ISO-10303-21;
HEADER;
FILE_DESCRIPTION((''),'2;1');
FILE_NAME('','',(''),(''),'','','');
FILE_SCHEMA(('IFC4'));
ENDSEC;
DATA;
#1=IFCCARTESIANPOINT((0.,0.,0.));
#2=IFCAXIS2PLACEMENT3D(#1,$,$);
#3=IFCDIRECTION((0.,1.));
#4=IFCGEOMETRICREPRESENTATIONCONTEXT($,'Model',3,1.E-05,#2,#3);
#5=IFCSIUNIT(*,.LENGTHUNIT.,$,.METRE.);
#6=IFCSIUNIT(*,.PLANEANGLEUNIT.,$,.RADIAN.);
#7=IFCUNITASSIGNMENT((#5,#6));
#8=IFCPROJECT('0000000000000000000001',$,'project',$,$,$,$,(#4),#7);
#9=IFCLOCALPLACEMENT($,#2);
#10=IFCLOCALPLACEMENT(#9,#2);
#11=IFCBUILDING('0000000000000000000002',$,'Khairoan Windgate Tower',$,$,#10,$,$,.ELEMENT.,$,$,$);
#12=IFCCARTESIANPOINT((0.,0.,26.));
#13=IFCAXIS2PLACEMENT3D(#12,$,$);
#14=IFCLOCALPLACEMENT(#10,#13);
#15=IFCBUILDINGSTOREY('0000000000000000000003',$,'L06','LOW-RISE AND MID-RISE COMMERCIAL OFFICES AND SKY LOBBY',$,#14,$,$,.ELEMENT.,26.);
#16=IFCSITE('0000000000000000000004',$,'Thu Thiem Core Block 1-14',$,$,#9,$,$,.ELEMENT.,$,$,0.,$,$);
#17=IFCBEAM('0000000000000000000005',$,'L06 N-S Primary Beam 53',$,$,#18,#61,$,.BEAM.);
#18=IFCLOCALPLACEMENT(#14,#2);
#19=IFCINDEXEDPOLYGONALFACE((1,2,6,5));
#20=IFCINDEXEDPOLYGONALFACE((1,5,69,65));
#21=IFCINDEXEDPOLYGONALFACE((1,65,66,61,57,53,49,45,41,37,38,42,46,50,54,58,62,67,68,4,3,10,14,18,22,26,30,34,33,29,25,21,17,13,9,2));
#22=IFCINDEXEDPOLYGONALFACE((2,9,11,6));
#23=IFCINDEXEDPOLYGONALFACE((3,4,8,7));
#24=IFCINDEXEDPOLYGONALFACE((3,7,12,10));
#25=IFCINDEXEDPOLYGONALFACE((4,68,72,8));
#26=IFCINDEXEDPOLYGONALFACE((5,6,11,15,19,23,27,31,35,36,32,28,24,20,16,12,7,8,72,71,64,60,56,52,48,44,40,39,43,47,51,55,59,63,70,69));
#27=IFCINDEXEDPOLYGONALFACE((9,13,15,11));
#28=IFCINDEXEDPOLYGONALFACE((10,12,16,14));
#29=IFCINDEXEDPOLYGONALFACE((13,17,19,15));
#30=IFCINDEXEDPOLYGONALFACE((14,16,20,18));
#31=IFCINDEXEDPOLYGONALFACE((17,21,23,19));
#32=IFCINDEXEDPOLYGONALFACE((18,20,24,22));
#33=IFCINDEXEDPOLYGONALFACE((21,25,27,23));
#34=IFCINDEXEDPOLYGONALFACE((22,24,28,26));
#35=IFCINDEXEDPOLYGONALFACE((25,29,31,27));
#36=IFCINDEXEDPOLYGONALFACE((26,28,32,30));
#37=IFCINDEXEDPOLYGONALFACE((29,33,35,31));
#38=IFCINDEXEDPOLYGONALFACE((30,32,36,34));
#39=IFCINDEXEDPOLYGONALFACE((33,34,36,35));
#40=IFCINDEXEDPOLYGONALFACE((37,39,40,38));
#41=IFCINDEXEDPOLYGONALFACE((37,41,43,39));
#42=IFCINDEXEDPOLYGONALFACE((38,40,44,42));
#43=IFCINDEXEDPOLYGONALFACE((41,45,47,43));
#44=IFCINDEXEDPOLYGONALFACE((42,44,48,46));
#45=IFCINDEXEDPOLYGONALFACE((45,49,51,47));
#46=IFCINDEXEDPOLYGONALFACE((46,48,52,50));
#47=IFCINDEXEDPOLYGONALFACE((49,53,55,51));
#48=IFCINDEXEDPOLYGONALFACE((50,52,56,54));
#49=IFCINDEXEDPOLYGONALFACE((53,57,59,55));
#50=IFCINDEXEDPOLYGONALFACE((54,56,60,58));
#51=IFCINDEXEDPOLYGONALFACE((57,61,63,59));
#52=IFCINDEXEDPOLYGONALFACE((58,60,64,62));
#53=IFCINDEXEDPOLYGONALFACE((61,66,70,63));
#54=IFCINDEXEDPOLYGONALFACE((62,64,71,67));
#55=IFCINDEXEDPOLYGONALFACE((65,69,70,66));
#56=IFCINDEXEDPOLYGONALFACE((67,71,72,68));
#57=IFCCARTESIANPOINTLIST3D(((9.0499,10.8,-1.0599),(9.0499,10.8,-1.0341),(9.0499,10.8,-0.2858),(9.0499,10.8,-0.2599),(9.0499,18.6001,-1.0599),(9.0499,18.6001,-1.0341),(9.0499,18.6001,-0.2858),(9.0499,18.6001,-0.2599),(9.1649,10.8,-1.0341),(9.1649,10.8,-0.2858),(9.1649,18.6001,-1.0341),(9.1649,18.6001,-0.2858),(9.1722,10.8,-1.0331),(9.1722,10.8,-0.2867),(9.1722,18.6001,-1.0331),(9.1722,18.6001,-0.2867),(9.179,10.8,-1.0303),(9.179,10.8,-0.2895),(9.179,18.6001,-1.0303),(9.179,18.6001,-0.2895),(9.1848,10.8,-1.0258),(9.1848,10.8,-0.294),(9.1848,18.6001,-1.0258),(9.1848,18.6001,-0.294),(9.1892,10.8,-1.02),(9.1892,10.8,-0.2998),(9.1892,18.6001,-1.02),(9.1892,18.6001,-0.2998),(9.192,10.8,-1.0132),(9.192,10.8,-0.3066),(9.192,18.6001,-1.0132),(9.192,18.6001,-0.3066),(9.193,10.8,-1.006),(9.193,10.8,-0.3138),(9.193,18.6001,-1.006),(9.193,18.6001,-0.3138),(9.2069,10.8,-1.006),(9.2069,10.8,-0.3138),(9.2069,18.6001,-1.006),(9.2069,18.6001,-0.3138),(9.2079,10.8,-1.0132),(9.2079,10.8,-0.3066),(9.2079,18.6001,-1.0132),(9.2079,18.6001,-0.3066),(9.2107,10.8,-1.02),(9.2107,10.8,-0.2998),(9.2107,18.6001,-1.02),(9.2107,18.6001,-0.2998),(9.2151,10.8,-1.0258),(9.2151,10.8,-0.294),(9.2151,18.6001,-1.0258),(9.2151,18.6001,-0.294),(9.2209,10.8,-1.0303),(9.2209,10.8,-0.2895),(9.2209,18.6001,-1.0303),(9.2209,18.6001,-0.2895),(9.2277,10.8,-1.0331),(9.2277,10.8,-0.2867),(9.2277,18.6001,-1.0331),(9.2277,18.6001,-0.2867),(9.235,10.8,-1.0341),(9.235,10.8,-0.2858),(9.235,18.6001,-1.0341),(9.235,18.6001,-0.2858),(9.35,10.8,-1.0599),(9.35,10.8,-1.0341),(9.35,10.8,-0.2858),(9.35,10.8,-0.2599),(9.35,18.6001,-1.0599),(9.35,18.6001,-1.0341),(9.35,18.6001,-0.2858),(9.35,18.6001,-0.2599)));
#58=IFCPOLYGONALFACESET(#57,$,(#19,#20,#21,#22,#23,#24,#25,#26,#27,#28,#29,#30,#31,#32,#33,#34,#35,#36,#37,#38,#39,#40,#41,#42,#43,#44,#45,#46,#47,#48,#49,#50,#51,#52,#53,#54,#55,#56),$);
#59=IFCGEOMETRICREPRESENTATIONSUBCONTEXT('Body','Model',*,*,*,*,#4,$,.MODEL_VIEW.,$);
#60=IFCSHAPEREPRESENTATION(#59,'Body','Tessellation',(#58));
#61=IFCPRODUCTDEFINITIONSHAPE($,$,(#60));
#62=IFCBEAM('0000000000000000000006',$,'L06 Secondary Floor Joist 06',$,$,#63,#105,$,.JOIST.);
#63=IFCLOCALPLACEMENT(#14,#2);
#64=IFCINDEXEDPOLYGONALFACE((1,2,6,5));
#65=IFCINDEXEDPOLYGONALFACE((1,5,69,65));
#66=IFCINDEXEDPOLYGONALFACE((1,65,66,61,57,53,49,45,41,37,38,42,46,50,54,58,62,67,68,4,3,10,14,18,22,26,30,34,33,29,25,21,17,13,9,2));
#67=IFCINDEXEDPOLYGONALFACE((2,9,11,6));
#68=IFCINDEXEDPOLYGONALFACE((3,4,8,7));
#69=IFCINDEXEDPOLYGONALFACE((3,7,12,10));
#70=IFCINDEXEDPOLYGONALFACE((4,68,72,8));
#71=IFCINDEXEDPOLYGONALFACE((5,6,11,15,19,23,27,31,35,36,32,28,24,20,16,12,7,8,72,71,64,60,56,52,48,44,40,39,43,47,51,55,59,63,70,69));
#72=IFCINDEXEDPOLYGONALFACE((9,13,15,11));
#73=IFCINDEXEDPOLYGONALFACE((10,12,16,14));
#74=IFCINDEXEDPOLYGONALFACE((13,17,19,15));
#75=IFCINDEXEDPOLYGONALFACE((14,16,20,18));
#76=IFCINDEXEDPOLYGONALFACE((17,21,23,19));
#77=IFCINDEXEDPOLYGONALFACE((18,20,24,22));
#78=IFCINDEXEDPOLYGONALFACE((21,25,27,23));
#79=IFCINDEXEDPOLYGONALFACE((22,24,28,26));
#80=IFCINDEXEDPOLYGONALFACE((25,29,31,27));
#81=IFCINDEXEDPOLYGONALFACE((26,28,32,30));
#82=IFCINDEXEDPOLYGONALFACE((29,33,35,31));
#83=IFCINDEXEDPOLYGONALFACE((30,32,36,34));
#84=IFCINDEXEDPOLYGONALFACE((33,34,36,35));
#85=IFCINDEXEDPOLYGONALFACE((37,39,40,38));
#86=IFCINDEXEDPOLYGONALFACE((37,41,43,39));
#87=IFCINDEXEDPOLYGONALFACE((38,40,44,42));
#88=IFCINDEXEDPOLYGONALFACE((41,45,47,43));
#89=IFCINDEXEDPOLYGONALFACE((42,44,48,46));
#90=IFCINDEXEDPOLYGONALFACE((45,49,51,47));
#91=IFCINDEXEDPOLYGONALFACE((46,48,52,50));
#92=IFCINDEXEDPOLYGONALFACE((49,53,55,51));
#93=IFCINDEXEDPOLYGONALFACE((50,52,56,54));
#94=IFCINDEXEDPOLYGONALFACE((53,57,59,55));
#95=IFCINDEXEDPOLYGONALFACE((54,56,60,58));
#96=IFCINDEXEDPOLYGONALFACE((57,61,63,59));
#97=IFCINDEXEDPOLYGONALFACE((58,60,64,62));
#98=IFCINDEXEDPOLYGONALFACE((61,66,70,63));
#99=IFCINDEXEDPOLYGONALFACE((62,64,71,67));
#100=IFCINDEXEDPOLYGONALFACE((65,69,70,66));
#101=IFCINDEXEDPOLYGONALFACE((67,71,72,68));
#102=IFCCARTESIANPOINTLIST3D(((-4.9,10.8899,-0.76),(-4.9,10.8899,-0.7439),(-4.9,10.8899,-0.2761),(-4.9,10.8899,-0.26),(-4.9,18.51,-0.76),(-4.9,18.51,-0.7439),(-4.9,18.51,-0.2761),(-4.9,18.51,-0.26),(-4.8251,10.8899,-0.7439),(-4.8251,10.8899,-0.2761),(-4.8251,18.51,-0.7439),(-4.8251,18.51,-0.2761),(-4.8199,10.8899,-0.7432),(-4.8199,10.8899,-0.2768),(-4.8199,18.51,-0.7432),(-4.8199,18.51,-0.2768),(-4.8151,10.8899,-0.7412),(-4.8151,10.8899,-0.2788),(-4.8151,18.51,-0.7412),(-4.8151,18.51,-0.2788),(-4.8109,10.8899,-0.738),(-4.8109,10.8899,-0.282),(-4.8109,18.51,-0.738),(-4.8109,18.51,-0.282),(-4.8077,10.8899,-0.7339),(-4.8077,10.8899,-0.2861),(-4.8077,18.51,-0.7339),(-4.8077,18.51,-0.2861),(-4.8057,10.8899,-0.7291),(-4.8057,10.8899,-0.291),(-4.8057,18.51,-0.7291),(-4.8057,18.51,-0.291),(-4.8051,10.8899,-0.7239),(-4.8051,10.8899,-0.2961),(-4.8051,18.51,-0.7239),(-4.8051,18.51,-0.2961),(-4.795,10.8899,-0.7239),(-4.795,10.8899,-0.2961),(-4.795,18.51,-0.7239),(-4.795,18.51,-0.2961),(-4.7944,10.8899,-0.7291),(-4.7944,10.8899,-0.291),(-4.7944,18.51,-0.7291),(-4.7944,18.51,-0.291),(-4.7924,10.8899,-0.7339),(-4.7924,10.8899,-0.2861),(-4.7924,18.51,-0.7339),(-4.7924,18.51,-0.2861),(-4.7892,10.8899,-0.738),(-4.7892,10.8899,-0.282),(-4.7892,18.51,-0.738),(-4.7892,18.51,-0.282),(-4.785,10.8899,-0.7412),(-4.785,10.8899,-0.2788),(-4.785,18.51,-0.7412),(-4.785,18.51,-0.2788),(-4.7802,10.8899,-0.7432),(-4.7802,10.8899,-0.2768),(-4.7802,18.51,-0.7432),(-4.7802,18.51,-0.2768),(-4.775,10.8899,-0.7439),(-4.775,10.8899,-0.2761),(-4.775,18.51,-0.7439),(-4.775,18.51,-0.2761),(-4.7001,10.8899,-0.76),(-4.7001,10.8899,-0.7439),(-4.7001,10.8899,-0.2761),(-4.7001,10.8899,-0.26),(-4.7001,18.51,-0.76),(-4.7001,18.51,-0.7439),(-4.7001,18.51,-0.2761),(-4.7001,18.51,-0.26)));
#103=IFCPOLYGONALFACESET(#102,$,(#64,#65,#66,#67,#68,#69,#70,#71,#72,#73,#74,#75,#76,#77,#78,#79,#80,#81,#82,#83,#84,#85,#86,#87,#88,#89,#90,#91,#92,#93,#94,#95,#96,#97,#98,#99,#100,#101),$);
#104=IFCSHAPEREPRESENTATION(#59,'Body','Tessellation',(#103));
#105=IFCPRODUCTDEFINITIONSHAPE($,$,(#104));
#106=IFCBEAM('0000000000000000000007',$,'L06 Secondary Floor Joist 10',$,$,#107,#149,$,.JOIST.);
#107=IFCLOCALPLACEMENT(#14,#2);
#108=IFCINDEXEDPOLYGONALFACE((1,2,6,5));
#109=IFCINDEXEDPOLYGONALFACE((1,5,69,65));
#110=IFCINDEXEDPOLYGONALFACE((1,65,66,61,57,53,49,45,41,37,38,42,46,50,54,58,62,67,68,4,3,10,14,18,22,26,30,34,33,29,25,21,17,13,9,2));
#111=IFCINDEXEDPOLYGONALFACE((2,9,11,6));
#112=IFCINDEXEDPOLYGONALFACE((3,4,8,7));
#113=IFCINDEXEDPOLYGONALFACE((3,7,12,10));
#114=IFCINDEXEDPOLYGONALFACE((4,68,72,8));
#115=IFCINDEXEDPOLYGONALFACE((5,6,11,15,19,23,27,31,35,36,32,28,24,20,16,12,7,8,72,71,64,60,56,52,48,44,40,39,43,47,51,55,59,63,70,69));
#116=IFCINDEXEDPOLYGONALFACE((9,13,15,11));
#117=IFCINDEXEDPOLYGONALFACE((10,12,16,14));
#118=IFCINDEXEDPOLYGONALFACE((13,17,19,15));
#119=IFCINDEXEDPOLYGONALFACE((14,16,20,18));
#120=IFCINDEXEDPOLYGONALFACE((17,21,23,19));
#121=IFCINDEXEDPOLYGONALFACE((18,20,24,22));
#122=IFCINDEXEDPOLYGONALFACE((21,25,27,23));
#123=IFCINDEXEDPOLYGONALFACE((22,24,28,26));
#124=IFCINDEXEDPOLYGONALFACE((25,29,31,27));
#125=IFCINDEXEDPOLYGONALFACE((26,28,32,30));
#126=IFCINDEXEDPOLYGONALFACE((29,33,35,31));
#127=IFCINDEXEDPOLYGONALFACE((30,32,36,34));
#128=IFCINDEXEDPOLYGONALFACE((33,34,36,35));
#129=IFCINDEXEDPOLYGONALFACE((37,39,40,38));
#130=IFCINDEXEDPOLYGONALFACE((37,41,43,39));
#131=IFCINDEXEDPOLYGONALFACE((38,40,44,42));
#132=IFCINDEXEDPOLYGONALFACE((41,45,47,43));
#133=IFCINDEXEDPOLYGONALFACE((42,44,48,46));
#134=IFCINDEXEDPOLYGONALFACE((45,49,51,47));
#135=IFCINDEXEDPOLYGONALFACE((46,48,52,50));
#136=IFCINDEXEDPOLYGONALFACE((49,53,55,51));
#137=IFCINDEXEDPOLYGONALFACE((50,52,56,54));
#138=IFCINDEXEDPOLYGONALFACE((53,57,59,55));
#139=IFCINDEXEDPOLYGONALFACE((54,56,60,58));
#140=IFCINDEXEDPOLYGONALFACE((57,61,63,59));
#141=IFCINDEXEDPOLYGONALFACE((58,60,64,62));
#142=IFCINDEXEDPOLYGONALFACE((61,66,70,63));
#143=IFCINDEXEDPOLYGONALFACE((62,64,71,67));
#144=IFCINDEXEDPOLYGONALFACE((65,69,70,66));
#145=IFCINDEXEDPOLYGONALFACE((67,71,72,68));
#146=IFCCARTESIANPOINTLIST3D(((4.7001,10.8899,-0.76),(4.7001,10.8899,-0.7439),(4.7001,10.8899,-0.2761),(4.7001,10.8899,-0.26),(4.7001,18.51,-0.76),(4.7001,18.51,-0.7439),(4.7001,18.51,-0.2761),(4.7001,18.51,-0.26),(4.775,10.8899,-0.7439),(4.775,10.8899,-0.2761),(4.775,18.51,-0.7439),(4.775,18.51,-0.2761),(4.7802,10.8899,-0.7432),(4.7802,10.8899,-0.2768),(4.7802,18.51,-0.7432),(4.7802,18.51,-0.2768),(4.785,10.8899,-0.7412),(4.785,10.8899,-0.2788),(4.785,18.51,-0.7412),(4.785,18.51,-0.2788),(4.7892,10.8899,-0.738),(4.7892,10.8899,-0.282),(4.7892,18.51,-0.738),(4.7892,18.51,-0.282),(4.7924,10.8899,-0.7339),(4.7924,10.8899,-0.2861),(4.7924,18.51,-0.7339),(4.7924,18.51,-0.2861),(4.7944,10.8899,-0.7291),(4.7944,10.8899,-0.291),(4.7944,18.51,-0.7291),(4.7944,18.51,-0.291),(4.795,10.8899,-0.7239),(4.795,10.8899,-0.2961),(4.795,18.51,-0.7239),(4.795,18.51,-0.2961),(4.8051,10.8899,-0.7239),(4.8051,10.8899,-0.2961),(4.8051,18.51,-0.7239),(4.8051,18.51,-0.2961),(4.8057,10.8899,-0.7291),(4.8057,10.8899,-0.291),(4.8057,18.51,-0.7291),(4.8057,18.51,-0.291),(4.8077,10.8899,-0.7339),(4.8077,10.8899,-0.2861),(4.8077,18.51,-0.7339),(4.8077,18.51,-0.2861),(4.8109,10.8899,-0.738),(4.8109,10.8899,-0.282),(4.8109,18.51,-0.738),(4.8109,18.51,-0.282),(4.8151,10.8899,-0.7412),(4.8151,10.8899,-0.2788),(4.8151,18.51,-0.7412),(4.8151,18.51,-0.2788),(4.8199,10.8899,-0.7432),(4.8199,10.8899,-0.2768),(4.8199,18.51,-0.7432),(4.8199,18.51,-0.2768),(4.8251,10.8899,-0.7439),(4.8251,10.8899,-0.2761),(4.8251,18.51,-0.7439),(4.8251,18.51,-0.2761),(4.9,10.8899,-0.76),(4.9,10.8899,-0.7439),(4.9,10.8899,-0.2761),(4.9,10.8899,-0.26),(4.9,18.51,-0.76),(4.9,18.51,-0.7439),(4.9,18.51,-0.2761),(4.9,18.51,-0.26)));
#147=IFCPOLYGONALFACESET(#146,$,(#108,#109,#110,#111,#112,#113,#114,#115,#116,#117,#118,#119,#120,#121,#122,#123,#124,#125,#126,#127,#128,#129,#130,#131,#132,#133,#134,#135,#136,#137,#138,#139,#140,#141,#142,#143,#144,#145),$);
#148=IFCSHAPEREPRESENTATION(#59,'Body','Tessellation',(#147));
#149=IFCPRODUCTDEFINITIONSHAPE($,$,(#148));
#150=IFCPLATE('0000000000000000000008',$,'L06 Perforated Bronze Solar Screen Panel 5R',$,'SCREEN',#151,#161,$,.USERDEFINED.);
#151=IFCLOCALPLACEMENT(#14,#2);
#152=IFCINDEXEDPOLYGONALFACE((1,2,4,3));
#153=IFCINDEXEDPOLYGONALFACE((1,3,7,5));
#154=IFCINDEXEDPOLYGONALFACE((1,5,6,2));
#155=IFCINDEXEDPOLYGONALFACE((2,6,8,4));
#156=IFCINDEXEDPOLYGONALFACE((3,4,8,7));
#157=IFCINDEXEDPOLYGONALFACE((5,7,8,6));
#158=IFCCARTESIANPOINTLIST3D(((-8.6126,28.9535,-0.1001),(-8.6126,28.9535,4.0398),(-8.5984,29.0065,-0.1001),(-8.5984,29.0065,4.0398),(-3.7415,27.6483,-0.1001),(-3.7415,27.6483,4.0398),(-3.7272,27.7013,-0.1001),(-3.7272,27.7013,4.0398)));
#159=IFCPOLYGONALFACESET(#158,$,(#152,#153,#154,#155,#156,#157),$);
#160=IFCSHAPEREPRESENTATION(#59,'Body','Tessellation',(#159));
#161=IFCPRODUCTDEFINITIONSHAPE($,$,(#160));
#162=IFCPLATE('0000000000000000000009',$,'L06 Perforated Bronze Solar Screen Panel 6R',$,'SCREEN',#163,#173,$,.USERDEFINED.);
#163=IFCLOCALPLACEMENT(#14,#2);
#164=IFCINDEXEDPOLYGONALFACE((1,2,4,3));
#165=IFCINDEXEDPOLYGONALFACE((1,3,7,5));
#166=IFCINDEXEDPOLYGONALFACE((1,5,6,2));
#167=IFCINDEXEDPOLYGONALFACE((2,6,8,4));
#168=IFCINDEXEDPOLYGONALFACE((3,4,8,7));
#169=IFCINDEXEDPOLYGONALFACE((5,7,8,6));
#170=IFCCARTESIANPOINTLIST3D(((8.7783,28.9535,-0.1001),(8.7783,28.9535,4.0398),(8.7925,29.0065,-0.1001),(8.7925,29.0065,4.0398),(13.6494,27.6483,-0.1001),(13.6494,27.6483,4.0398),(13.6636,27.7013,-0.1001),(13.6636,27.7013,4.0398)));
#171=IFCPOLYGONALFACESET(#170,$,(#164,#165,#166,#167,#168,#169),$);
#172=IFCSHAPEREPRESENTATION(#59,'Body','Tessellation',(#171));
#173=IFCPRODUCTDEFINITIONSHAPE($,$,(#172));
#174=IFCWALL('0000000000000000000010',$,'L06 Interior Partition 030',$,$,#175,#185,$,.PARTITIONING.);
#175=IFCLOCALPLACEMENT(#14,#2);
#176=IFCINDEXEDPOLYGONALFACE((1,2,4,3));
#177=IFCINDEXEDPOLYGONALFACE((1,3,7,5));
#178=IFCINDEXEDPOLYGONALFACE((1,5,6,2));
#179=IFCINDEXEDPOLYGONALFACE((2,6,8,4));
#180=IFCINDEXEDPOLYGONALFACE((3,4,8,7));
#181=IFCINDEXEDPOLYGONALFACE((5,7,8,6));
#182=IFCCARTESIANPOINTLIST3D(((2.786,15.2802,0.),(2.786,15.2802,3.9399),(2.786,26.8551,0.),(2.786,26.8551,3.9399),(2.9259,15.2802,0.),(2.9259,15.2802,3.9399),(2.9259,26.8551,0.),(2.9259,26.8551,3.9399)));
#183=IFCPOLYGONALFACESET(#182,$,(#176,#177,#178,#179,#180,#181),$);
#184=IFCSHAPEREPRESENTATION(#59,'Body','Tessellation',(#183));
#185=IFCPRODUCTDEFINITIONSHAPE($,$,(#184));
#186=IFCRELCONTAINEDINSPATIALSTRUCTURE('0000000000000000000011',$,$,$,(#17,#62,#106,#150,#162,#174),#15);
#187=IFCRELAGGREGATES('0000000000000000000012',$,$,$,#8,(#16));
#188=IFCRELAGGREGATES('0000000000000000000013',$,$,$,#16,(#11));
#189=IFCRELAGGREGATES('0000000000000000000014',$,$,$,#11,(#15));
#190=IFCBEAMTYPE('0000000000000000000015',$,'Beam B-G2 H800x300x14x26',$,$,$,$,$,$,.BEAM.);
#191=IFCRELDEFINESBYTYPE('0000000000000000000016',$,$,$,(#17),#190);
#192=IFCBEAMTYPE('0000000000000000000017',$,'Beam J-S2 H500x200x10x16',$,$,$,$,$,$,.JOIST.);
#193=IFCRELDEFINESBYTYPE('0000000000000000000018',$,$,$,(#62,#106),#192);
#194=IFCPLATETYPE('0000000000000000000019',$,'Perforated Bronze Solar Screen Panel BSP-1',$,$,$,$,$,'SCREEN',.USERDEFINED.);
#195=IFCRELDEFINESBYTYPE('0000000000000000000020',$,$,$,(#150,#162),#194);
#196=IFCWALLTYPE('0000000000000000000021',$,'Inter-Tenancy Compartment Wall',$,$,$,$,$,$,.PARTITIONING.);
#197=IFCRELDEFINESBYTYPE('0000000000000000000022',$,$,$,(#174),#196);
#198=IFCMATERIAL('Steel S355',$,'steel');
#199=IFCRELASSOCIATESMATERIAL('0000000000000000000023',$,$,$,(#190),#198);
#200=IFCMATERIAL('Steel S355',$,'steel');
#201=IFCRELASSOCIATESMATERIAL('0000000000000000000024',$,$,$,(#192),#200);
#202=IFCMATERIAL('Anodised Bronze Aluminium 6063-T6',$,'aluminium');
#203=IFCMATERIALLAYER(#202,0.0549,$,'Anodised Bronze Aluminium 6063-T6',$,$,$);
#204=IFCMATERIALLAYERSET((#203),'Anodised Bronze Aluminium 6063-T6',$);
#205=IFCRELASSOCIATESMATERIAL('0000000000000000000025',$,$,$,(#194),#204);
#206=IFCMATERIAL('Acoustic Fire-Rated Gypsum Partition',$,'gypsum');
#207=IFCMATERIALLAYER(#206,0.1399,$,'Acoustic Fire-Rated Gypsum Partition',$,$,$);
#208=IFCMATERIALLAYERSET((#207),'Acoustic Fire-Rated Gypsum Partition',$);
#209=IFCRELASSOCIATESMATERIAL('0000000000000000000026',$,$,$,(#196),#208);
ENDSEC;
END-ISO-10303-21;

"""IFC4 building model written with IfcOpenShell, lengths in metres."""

from ifc_helpers import new_model, si_unit, direction, frame, frame_2d, origin, origin_2d, place, context, subcontext, project, spatial, rectangle, i_section, extrude, material, layer, layer_set, material_profile, profile_set, type_object, element, save


model = new_model("IFC4")

# Units and contexts
model_context = context("Model", 3, precision=1e-05, world=origin(), true_north=direction((0.0, 1.0)))
body_context = subcontext(model_context, "Body", "Model", "MODEL_VIEW")
ifc_project = project(units=[si_unit("LENGTHUNIT", "METRE"), si_unit("PLANEANGLEUNIT", "RADIAN")], contexts=[model_context])

# Site, building, storey
site_placement = place(None, origin())
site = spatial("IfcSite", under=ifc_project, at=site_placement, Name="Thu Thiem Core Block 1-14", CompositionType="ELEMENT", RefElevation=0.0)
building_placement = place(site_placement, origin())
building = spatial("IfcBuilding", under=site, at=building_placement, Name="Khairoan Windgate Tower", CompositionType="ELEMENT")
storey_placement = place(building_placement, frame((0.0, 0.0, 26.0)))
storey = spatial("IfcBuildingStorey", under=building, at=storey_placement, Name="L06", Description="LOW-RISE AND MID-RISE COMMERCIAL OFFICES AND SKY LOBBY", CompositionType="ELEMENT", Elevation=26.0)

# Beams
ifc_material_1 = material(Name="Steel S355", Category="steel")
ifc_material_profile_1 = material_profile(ifc_material_1, i_section(OverallWidth=0.3, OverallDepth=0.8, WebThickness=0.0139, FlangeThickness=0.0259, FilletRadius=0.0281, at=origin_2d()))
ifc_profile_set_1 = profile_set([ifc_material_profile_1], Name="Steel S355")
beam_type_1 = type_object("IfcBeamType", Name="Beam B-G2 H800x300x14x26", PredefinedType="BEAM", material=ifc_profile_set_1)
beam_1_placement = place(storey_placement, frame((9.2, 10.8, -0.6599), z_axis=(0.0, 1.0, 0.0), x_axis=(-1.0, 0.0, 0.0)))
element("IfcBeam", 1, at=beam_1_placement, inside=storey, type_object=beam_type_1, Name="L06 N-S Primary Beam 53", PredefinedType="BEAM", context=body_context, shape_type="SweptSolid", body=[
    extrude(i_section(OverallWidth=0.3, OverallDepth=0.8, WebThickness=0.0139, FlangeThickness=0.0259, FilletRadius=0.0281, at=origin_2d()), origin(), (0.0, 0.0, 1.0), 7.8),
])
ifc_material_2 = material(Name="Steel S355", Category="steel")
ifc_material_profile_2 = material_profile(ifc_material_2, i_section(OverallWidth=0.2, OverallDepth=0.5, WebThickness=0.01, FlangeThickness=0.0161, FilletRadius=0.02, at=origin_2d()))
ifc_profile_set_2 = profile_set([ifc_material_profile_2], Name="Steel S355")
beam_type_2 = type_object("IfcBeamType", Name="Beam J-S2 H500x200x10x16", PredefinedType="JOIST", material=ifc_profile_set_2)
for number, where, z_axis, x_axis, name in (
    (2, (-4.8, 10.8899, -0.51), (0.0, 1.0, 0.0), (-1.0, 0.0, 0.0), "L06 Secondary Floor Joist 06"),
    (3, (4.8, 10.8899, -0.51), (0.0, 1.0, 0.0), (-1.0, 0.0, 0.0), "L06 Secondary Floor Joist 10"),
):
    element("IfcBeam", number, at=place(storey_placement, frame(where, z_axis=z_axis, x_axis=x_axis)), inside=storey, type_object=beam_type_2, Name=name, PredefinedType="JOIST", context=body_context, shape_type="SweptSolid", body=[
        extrude(i_section(OverallWidth=0.2, OverallDepth=0.5, WebThickness=0.01, FlangeThickness=0.0161, FilletRadius=0.02, at=origin_2d()), origin(), (0.0, 0.0, 1.0), 7.6201),
    ])

# Plates
ifc_material_3 = material(Name="Anodised Bronze Aluminium 6063-T6", Category="aluminium")
ifc_layer_1 = layer(ifc_material_3, 0.0549, Name="Anodised Bronze Aluminium 6063-T6")
ifc_layer_set_1 = layer_set([ifc_layer_1], Name="Anodised Bronze Aluminium 6063-T6")
plate_type = type_object("IfcPlateType", Name="Perforated Bronze Solar Screen Panel BSP-1", ElementType="SCREEN", PredefinedType="USERDEFINED", material=ifc_layer_set_1)
for number, where, z_axis, x_axis, name in (
    (4, (-6.1699, 28.3274, -0.1001), (0.0, 0.0, 1.0), (0.965926, -0.258819, 0.0), "L06 Perforated Bronze Solar Screen Panel 5R"),
    (5, (11.2209, 28.3274, -0.1001), (0.0, 0.0, 1.0), (0.965926, -0.258819, 0.0), "L06 Perforated Bronze Solar Screen Panel 6R"),
):
    element("IfcPlate", number, at=place(storey_placement, frame(where, z_axis=z_axis, x_axis=x_axis)), inside=storey, type_object=plate_type, Name=name, ObjectType="SCREEN", PredefinedType="USERDEFINED", context=body_context, shape_type="SweptSolid", body=[
        extrude(rectangle(XDim=5.043, YDim=0.0549, at=origin_2d()), origin(), (0.0, 0.0, 1.0), 4.1399),
    ])

# Wall
ifc_material_4 = material(Name="Acoustic Fire-Rated Gypsum Partition", Category="gypsum")
ifc_layer_2 = layer(ifc_material_4, 0.1399, Name="Acoustic Fire-Rated Gypsum Partition")
ifc_layer_set_2 = layer_set([ifc_layer_2], Name="Acoustic Fire-Rated Gypsum Partition")
wall_type_1 = type_object("IfcWallType", Name="Inter-Tenancy Compartment Wall", PredefinedType="PARTITIONING", material=ifc_layer_set_2)
wall_1_placement = place(storey_placement, frame((2.856, 15.28, 0.0), z_axis=(0.0, 0.0, 1.0), x_axis=(0.0, 1.0, 0.0)))
element("IfcWall", 6, at=wall_1_placement, inside=storey, type_object=wall_type_1, Name="L06 Interior Partition 030", PredefinedType="PARTITIONING", context=body_context, shape_type="SweptSolid", body=[
    extrude(rectangle(XDim=11.575, YDim=0.1399, at=frame_2d((5.7876, 0.0))), origin(), (0.0, 0.0, 1.0), 3.9399),
])

save(model, "model.ifc")
